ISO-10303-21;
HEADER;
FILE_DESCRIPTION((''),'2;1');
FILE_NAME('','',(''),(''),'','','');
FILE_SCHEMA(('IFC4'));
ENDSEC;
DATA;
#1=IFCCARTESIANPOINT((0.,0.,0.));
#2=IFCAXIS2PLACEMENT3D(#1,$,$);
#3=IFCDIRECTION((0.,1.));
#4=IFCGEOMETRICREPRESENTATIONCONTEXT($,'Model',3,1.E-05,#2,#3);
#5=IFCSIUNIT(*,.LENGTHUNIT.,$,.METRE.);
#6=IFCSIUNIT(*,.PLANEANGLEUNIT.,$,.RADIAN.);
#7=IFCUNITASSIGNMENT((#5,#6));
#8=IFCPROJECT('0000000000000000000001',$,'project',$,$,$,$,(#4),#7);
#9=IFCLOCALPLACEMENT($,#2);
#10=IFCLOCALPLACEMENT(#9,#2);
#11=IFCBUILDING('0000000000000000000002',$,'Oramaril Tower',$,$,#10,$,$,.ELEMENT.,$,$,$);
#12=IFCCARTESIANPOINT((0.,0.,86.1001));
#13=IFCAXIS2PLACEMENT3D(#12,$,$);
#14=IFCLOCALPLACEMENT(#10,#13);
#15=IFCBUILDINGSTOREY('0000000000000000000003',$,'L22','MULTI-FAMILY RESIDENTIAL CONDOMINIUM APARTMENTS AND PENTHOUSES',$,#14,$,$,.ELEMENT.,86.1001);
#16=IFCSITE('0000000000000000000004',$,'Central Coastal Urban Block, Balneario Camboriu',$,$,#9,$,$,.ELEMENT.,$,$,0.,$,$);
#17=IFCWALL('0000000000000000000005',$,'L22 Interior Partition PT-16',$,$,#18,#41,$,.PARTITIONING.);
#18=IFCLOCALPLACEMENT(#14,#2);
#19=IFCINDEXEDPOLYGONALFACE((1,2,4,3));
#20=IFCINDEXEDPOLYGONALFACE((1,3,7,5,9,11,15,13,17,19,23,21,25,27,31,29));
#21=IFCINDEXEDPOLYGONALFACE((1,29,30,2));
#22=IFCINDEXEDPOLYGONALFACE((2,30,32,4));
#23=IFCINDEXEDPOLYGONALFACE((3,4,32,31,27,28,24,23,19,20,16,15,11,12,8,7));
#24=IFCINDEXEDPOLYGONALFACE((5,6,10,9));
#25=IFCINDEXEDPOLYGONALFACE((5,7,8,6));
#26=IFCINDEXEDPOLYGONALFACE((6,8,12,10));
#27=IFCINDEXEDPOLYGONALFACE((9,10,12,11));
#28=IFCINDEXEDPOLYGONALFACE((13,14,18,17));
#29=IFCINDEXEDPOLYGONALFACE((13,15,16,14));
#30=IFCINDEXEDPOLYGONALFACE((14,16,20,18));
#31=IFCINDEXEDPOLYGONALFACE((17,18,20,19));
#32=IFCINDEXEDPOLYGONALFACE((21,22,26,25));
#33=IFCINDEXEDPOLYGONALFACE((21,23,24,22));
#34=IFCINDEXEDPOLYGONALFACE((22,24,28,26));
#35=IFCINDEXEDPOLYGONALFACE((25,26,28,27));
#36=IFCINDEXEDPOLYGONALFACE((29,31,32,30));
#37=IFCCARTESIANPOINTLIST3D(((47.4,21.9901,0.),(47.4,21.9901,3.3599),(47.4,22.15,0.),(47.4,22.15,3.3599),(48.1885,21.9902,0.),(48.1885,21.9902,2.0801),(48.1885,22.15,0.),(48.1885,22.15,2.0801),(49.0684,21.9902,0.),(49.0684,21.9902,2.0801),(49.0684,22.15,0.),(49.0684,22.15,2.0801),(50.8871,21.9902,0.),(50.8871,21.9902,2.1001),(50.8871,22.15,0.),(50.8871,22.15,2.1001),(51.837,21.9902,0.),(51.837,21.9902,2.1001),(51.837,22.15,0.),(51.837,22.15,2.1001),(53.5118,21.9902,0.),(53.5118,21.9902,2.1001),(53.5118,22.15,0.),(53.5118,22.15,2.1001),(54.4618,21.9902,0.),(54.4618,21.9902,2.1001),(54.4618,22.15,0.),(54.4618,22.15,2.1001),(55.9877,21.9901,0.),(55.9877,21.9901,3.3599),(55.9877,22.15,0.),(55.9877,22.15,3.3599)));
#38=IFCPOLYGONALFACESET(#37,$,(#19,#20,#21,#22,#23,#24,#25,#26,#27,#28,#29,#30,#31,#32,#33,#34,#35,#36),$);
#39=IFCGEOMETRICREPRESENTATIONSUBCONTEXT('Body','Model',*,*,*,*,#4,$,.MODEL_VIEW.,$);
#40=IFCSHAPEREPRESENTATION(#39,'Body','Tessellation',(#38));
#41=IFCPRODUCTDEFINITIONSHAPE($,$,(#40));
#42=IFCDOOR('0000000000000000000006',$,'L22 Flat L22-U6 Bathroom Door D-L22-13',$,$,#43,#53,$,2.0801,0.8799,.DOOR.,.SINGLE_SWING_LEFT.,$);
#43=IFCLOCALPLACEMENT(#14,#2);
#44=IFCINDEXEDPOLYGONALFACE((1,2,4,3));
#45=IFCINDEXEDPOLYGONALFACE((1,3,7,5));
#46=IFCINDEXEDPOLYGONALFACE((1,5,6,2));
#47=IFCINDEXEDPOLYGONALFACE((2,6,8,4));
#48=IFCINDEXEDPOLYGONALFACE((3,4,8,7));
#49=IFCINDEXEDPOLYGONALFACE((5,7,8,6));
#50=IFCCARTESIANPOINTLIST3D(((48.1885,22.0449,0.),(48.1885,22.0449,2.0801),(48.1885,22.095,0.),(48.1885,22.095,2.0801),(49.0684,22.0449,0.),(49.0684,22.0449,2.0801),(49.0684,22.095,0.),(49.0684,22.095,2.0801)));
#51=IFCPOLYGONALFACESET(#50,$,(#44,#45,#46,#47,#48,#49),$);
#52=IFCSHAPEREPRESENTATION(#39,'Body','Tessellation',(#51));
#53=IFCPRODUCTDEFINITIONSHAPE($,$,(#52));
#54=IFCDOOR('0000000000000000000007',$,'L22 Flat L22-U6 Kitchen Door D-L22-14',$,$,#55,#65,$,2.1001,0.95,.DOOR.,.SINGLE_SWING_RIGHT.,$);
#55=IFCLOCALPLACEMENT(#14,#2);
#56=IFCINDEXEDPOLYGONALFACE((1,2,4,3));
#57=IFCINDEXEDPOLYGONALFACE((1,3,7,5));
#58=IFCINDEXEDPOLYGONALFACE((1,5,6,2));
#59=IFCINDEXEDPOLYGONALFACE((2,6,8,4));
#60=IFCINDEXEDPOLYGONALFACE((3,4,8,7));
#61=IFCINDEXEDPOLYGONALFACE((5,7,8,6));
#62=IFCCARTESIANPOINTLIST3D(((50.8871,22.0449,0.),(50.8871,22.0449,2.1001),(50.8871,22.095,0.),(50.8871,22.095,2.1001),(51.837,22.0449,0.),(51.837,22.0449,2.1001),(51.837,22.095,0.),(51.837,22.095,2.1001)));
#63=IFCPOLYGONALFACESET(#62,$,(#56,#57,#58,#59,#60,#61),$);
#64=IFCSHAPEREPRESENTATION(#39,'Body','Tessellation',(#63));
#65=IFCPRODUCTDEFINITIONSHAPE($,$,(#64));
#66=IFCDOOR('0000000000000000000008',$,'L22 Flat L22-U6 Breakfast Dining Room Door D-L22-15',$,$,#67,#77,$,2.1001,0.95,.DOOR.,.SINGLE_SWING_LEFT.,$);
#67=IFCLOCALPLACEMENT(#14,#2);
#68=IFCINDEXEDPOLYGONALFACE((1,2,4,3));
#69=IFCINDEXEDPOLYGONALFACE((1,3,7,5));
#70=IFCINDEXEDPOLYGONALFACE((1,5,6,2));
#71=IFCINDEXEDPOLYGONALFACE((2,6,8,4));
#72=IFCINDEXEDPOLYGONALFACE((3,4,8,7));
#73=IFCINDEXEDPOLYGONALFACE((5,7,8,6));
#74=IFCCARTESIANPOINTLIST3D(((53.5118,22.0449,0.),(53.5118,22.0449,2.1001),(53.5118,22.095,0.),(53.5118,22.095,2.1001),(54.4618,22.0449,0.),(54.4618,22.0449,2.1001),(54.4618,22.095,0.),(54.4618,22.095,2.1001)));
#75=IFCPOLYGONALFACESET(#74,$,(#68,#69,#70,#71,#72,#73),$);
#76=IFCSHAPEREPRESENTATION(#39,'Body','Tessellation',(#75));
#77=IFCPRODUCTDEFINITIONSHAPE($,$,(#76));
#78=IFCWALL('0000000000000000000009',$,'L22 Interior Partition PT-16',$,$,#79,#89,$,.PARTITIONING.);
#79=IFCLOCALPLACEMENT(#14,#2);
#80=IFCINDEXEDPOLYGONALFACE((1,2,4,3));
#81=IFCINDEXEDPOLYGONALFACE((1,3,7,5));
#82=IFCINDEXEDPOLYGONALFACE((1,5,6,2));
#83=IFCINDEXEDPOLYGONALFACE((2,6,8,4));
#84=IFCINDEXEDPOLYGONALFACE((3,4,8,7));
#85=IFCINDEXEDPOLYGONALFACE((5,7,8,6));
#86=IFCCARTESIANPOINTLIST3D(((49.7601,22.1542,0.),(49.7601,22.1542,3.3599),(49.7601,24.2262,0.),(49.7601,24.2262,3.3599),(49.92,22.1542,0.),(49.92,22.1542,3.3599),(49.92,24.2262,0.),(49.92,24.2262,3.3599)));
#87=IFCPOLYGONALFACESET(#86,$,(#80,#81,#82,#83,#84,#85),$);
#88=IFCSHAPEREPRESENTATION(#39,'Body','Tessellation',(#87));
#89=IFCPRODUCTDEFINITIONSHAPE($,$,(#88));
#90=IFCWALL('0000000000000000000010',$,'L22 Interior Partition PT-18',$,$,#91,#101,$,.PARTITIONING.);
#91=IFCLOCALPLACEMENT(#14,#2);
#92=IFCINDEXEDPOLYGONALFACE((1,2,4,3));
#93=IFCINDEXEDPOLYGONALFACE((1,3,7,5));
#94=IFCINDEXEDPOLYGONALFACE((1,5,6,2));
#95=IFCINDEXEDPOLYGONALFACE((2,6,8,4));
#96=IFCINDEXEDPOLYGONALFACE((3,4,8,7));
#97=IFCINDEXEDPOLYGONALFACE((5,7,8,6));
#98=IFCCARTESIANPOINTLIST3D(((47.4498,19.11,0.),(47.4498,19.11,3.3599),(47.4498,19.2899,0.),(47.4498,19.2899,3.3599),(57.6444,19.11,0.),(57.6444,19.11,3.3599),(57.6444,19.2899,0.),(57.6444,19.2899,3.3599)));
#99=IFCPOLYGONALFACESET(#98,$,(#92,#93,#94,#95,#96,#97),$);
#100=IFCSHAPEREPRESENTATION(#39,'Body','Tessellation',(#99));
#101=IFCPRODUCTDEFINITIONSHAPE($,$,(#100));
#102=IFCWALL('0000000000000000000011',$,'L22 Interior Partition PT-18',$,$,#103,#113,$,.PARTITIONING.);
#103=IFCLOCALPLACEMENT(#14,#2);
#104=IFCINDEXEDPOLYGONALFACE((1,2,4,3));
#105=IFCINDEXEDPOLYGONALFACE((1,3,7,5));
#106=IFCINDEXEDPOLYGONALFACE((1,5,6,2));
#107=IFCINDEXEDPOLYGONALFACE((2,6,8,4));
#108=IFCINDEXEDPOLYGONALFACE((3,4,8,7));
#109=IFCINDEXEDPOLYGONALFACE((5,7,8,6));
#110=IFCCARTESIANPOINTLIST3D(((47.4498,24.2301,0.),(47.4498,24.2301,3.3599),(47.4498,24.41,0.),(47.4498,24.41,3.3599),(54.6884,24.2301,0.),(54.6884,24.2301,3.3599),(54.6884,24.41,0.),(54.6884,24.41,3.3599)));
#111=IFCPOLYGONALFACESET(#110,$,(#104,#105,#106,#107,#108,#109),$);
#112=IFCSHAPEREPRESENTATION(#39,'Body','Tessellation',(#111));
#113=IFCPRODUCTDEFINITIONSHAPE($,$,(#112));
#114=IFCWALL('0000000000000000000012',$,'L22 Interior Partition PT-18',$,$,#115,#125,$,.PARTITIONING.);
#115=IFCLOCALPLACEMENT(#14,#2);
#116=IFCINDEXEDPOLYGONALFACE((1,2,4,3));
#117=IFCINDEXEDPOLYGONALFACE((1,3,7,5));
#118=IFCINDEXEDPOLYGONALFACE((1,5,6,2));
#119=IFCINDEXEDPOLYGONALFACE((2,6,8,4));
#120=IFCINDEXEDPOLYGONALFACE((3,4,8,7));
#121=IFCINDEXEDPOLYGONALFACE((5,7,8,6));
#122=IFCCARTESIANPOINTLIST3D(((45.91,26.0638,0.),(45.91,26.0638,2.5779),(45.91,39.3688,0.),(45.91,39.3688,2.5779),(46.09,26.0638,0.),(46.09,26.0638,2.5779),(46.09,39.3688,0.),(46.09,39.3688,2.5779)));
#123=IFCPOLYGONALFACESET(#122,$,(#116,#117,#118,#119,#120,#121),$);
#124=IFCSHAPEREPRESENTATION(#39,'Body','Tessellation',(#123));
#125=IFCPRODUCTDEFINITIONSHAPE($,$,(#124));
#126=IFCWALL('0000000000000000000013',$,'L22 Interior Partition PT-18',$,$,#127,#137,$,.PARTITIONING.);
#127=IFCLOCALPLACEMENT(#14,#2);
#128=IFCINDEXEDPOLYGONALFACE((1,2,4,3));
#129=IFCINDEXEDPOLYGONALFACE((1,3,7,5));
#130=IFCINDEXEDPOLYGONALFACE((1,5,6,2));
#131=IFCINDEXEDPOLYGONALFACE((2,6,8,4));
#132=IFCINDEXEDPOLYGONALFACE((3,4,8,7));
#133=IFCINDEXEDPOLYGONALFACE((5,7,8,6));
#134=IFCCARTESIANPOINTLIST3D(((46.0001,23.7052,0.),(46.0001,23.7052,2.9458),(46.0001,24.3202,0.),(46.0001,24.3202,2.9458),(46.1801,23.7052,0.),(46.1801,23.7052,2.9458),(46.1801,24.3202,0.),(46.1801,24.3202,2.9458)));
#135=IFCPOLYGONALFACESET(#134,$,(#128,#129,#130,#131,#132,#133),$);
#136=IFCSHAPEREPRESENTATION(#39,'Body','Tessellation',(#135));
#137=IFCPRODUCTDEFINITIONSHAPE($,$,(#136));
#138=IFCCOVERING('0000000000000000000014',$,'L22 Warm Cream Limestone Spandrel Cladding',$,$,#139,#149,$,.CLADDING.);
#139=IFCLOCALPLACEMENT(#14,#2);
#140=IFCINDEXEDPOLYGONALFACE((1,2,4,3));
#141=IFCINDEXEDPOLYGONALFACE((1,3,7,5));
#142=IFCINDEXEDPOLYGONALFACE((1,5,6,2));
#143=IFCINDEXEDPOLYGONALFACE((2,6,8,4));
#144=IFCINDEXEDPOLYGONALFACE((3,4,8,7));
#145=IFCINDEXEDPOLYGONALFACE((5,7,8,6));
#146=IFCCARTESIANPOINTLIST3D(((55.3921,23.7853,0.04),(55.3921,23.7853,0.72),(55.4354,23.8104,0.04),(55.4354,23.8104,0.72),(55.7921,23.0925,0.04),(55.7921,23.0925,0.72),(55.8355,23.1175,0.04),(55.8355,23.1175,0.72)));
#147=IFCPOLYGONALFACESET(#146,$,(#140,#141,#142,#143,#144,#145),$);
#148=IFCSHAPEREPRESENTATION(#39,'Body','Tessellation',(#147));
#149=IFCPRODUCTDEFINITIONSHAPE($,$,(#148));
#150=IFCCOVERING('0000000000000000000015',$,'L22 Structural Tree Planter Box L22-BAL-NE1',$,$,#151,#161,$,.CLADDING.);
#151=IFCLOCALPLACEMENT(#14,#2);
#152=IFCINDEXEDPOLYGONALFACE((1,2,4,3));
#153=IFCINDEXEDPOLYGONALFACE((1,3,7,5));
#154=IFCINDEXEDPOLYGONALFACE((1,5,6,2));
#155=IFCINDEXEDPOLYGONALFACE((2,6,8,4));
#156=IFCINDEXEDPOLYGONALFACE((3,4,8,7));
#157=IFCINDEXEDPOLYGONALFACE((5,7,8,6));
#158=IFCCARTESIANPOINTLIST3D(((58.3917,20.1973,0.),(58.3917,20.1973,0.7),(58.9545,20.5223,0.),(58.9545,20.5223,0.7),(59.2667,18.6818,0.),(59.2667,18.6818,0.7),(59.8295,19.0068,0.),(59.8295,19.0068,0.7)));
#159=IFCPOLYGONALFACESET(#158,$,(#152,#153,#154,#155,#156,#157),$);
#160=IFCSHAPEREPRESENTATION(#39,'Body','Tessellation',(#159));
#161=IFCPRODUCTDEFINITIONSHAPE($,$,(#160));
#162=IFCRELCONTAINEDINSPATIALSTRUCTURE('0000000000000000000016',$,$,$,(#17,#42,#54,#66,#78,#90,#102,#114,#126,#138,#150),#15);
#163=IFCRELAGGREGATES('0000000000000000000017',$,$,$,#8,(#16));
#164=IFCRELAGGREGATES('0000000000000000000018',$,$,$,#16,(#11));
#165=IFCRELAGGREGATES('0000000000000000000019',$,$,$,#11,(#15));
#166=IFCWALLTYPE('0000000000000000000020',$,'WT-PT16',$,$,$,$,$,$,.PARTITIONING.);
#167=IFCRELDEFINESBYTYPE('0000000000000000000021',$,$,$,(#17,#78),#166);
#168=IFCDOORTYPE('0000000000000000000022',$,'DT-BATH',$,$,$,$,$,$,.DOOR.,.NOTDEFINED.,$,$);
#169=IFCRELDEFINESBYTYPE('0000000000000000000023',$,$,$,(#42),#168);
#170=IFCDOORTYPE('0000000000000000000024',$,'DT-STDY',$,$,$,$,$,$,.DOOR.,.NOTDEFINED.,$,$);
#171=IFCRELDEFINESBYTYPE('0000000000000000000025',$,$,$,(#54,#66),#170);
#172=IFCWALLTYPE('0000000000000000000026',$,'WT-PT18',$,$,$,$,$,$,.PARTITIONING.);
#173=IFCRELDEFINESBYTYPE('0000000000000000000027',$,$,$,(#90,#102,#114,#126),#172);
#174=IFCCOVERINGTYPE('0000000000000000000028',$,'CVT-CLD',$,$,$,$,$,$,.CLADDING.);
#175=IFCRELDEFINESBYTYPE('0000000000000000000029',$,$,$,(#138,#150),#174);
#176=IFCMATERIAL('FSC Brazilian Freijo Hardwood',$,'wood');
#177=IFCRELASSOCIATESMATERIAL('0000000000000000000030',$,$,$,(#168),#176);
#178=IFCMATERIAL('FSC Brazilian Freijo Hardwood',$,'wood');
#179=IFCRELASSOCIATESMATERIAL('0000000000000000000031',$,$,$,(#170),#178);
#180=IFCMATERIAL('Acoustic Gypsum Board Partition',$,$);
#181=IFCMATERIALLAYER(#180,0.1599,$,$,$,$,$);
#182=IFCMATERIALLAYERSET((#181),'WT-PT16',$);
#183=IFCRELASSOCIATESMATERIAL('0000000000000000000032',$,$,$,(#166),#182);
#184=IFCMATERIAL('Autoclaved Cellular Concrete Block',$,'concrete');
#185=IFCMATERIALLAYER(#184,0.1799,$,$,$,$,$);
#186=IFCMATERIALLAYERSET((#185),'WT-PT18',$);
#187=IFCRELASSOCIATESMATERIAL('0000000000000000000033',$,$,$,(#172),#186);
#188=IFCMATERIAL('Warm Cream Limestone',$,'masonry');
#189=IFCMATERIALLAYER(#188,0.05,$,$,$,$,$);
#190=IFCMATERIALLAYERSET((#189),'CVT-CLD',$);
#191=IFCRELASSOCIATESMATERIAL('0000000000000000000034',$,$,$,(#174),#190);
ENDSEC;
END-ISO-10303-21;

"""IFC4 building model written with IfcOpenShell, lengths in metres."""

from ifc_helpers import new_model, si_unit, direction, frame, frame_2d, origin, origin_2d, place, context, subcontext, project, spatial, rectangle, extrude, material, layer, layer_set, type_object, element, fill, save


model = new_model("IFC4")

# Units and contexts
model_context = context("Model", 3, precision=1e-05, world=origin(), true_north=direction((0.0, 1.0)))
body_context = subcontext(model_context, "Body", "Model", "MODEL_VIEW")
ifc_project = project(units=[si_unit("LENGTHUNIT", "METRE"), si_unit("PLANEANGLEUNIT", "RADIAN")], contexts=[model_context])

# Site, building, storey
site_placement = place(None, origin())
site = spatial("IfcSite", under=ifc_project, at=site_placement, Name="Central Coastal Urban Block, Balneario Camboriu", CompositionType="ELEMENT", RefElevation=0.0)
building_placement = place(site_placement, origin())
building = spatial("IfcBuilding", under=site, at=building_placement, Name="Oramaril Tower", CompositionType="ELEMENT")
storey_placement = place(building_placement, frame((0.0, 0.0, 86.1001)))
storey = spatial("IfcBuildingStorey", under=building, at=storey_placement, Name="L22", Description="MULTI-FAMILY RESIDENTIAL CONDOMINIUM APARTMENTS AND PENTHOUSES", CompositionType="ELEMENT", Elevation=86.1001)

# Wall, openings, doors
ifc_material_1 = material(Name="FSC Brazilian Freijo Hardwood", Category="wood")
door_type_1 = type_object("IfcDoorType", Name="DT-BATH", OperationType="NOTDEFINED", PredefinedType="DOOR", material=ifc_material_1)
ifc_material_2 = material(Name="FSC Brazilian Freijo Hardwood", Category="wood")
door_type_2 = type_object("IfcDoorType", Name="DT-STDY", OperationType="NOTDEFINED", PredefinedType="DOOR", material=ifc_material_2)
ifc_material_3 = material(Name="Acoustic Gypsum Board Partition")
ifc_layer_1 = layer(ifc_material_3, 0.1599)
ifc_layer_set_1 = layer_set([ifc_layer_1], Name="WT-PT16")
wall_type_1 = type_object("IfcWallType", Name="WT-PT16", PredefinedType="PARTITIONING", material=ifc_layer_set_1)
wall_1_placement = place(storey_placement, frame((47.3999, 22.0701, 0.0), z_axis=(0.0, 0.0, 1.0), x_axis=(1.0, 0.0, 0.0)))
wall_1 = element("IfcWall", 1, at=wall_1_placement, inside=storey, type_object=wall_type_1, Name="L22 Interior Partition PT-16", PredefinedType="PARTITIONING", context=body_context, shape_type="SweptSolid", body=[
    extrude(rectangle(XDim=8.5876, YDim=0.1599, at=frame_2d((4.2939, 0.0))), origin(), (0.0, 0.0, 1.0), 3.3599),
])
opening_1_placement = place(wall_1_placement, frame((0.7886, 0.0, 0.0)))
opening_1 = element("IfcOpeningElement", 2, at=opening_1_placement, cuts=wall_1, PredefinedType="OPENING", context=body_context, shape_type="SweptSolid", body=[
    extrude(rectangle(XDim=0.8799, YDim=2.0801, at=frame_2d((0.4399, 1.04))), frame((0.0, 0.0801, 0.0), z_axis=(0.0, -1.0, 0.0), x_axis=(1.0, 0.0, 0.0)), (0.0, 0.0, 1.0), 0.1599),
])
opening_2_placement = place(wall_1_placement, frame((3.4871, 0.0, 0.0)))
opening_2 = element("IfcOpeningElement", 3, at=opening_2_placement, cuts=wall_1, PredefinedType="OPENING", context=body_context, shape_type="SweptSolid", body=[
    extrude(rectangle(XDim=0.95, YDim=2.1001, at=frame_2d((0.4751, 1.05))), frame((0.0, 0.0801, 0.0), z_axis=(0.0, -1.0, 0.0), x_axis=(1.0, 0.0, 0.0)), (0.0, 0.0, 1.0), 0.1599),
])
opening_3_placement = place(wall_1_placement, frame((6.1118, 0.0, 0.0)))
opening_3 = element("IfcOpeningElement", 4, at=opening_3_placement, cuts=wall_1, PredefinedType="OPENING", context=body_context, shape_type="SweptSolid", body=[
    extrude(rectangle(XDim=0.95, YDim=2.1001, at=frame_2d((0.4751, 1.05))), frame((0.0, 0.0801, 0.0), z_axis=(0.0, -1.0, 0.0), x_axis=(1.0, 0.0, 0.0)), (0.0, 0.0, 1.0), 0.1599),
])
door_1_placement = place(opening_1_placement, origin())
door_1 = element("IfcDoor", 5, at=door_1_placement, inside=storey, type_object=door_type_1, Name="L22 Flat L22-U6 Bathroom Door D-L22-13", OperationType="SINGLE_SWING_LEFT", OverallHeight=2.0801, OverallWidth=0.8799, PredefinedType="DOOR", context=body_context, shape_type="SweptSolid", body=[
    extrude(rectangle(XDim=0.8799, YDim=2.0801, at=frame_2d((0.4399, 1.04))), frame((0.0, 0.0249, 0.0), z_axis=(0.0, -1.0, 0.0), x_axis=(1.0, 0.0, 0.0)), (0.0, 0.0, 1.0), 0.05),
])
fill(opening_1, door_1)
door_2_placement = place(opening_2_placement, origin())
door_2 = element("IfcDoor", 6, at=door_2_placement, inside=storey, type_object=door_type_2, Name="L22 Flat L22-U6 Kitchen Door D-L22-14", OperationType="SINGLE_SWING_RIGHT", OverallHeight=2.1001, OverallWidth=0.95, PredefinedType="DOOR", context=body_context, shape_type="SweptSolid", body=[
    extrude(rectangle(XDim=0.95, YDim=2.1001, at=frame_2d((0.4751, 1.05))), frame((0.0, 0.0249, 0.0), z_axis=(0.0, -1.0, 0.0), x_axis=(1.0, 0.0, 0.0)), (0.0, 0.0, 1.0), 0.05),
])
fill(opening_2, door_2)
door_3_placement = place(opening_3_placement, origin())
door_3 = element("IfcDoor", 7, at=door_3_placement, inside=storey, type_object=door_type_2, Name="L22 Flat L22-U6 Breakfast Dining Room Door D-L22-15", OperationType="SINGLE_SWING_LEFT", OverallHeight=2.1001, OverallWidth=0.95, PredefinedType="DOOR", context=body_context, shape_type="SweptSolid", body=[
    extrude(rectangle(XDim=0.95, YDim=2.1001, at=frame_2d((0.4751, 1.05))), frame((0.0, 0.0249, 0.0), z_axis=(0.0, -1.0, 0.0), x_axis=(1.0, 0.0, 0.0)), (0.0, 0.0, 1.0), 0.05),
])
fill(opening_3, door_3)

# Walls
wall_2_placement = place(storey_placement, frame((49.8401, 22.1541, 0.0), z_axis=(0.0, 0.0, 1.0), x_axis=(0.0, 1.0, 0.0)))
element("IfcWall", 8, at=wall_2_placement, inside=storey, type_object=wall_type_1, Name="L22 Interior Partition PT-16", PredefinedType="PARTITIONING", context=body_context, shape_type="SweptSolid", body=[
    extrude(rectangle(XDim=2.072, YDim=0.1599, at=frame_2d((1.0361, 0.0))), origin(), (0.0, 0.0, 1.0), 3.3599),
])
ifc_material_4 = material(Name="Autoclaved Cellular Concrete Block", Category="concrete")
ifc_layer_2 = layer(ifc_material_4, 0.1799)
ifc_layer_set_2 = layer_set([ifc_layer_2], Name="WT-PT18")
wall_type_2 = type_object("IfcWallType", Name="WT-PT18", PredefinedType="PARTITIONING", material=ifc_layer_set_2)
wall_3_placement = place(storey_placement, frame((47.45, 19.2, 0.0), z_axis=(0.0, 0.0, 1.0), x_axis=(1.0, 0.0, 0.0)))
element("IfcWall", 9, at=wall_3_placement, inside=storey, type_object=wall_type_2, Name="L22 Interior Partition PT-18", PredefinedType="PARTITIONING", context=body_context, shape_type="SweptSolid", body=[
    extrude(rectangle(XDim=10.1946, YDim=0.1799, at=frame_2d((5.0972, 0.0))), origin(), (0.0, 0.0, 1.0), 3.3599),
])
wall_4_placement = place(storey_placement, frame((47.45, 24.3201, 0.0), z_axis=(0.0, 0.0, 1.0), x_axis=(1.0, 0.0, 0.0)))
element("IfcWall", 10, at=wall_4_placement, inside=storey, type_object=wall_type_2, Name="L22 Interior Partition PT-18", PredefinedType="PARTITIONING", context=body_context, shape_type="SweptSolid", body=[
    extrude(rectangle(XDim=7.2385, YDim=0.1799, at=frame_2d((3.6191, 0.0))), origin(), (0.0, 0.0, 1.0), 3.3599),
])
wall_5_placement = place(storey_placement, frame((46.0, 26.064, 0.0), z_axis=(0.0, 0.0, 1.0), x_axis=(0.0, 1.0, 0.0)))
element("IfcWall", 11, at=wall_5_placement, inside=storey, type_object=wall_type_2, Name="L22 Interior Partition PT-18", PredefinedType="PARTITIONING", context=body_context, shape_type="SweptSolid", body=[
    extrude(rectangle(XDim=13.3049, YDim=0.1799, at=frame_2d((6.6523, 0.0))), origin(), (0.0, 0.0, 1.0), 2.5779),
])
wall_6_placement = place(storey_placement, frame((46.0901, 23.7051, 0.0), z_axis=(0.0, 0.0, 1.0), x_axis=(0.0, 1.0, 0.0)))
element("IfcWall", 12, at=wall_6_placement, inside=storey, type_object=wall_type_2, Name="L22 Interior Partition PT-18", PredefinedType="PARTITIONING", context=body_context, shape_type="SweptSolid", body=[
    extrude(rectangle(XDim=0.615, YDim=0.1799, at=frame_2d((0.3076, 0.0))), origin(), (0.0, 0.0, 1.0), 2.9458),
])

# Coverings
ifc_material_5 = material(Name="Warm Cream Limestone", Category="masonry")
ifc_layer_3 = layer(ifc_material_5, 0.05)
ifc_layer_set_3 = layer_set([ifc_layer_3], Name="CVT-CLD")
covering_type = type_object("IfcCoveringType", Name="CVT-CLD", PredefinedType="CLADDING", material=ifc_layer_set_3)
covering_1_placement = place(storey_placement, frame((55.6138, 23.4514, 0.04), z_axis=(0.0, 0.0, 1.0), x_axis=(-0.5, 0.866025, 0.0)))
element("IfcCovering", 13, at=covering_1_placement, inside=storey, type_object=covering_type, Name="L22 Warm Cream Limestone Spandrel Cladding", PredefinedType="CLADDING", context=body_context, shape_type="SweptSolid", body=[
    extrude(rectangle(XDim=0.8, YDim=0.05, at=origin_2d()), origin(), (0.0, 0.0, 1.0), 0.6799),
])
covering_2_placement = place(storey_placement, frame((59.1106, 19.6021, 0.0), z_axis=(0.0, 0.0, 1.0), x_axis=(-0.500002, 0.866025, 0.0)))
element("IfcCovering", 14, at=covering_2_placement, inside=storey, type_object=covering_type, Name="L22 Structural Tree Planter Box L22-BAL-NE1", PredefinedType="CLADDING", context=body_context, shape_type="SweptSolid", body=[
    extrude(rectangle(XDim=1.75, YDim=0.6499, at=origin_2d()), origin(), (0.0, 0.0, 1.0), 0.7),
])

save(model, "model.ifc")
